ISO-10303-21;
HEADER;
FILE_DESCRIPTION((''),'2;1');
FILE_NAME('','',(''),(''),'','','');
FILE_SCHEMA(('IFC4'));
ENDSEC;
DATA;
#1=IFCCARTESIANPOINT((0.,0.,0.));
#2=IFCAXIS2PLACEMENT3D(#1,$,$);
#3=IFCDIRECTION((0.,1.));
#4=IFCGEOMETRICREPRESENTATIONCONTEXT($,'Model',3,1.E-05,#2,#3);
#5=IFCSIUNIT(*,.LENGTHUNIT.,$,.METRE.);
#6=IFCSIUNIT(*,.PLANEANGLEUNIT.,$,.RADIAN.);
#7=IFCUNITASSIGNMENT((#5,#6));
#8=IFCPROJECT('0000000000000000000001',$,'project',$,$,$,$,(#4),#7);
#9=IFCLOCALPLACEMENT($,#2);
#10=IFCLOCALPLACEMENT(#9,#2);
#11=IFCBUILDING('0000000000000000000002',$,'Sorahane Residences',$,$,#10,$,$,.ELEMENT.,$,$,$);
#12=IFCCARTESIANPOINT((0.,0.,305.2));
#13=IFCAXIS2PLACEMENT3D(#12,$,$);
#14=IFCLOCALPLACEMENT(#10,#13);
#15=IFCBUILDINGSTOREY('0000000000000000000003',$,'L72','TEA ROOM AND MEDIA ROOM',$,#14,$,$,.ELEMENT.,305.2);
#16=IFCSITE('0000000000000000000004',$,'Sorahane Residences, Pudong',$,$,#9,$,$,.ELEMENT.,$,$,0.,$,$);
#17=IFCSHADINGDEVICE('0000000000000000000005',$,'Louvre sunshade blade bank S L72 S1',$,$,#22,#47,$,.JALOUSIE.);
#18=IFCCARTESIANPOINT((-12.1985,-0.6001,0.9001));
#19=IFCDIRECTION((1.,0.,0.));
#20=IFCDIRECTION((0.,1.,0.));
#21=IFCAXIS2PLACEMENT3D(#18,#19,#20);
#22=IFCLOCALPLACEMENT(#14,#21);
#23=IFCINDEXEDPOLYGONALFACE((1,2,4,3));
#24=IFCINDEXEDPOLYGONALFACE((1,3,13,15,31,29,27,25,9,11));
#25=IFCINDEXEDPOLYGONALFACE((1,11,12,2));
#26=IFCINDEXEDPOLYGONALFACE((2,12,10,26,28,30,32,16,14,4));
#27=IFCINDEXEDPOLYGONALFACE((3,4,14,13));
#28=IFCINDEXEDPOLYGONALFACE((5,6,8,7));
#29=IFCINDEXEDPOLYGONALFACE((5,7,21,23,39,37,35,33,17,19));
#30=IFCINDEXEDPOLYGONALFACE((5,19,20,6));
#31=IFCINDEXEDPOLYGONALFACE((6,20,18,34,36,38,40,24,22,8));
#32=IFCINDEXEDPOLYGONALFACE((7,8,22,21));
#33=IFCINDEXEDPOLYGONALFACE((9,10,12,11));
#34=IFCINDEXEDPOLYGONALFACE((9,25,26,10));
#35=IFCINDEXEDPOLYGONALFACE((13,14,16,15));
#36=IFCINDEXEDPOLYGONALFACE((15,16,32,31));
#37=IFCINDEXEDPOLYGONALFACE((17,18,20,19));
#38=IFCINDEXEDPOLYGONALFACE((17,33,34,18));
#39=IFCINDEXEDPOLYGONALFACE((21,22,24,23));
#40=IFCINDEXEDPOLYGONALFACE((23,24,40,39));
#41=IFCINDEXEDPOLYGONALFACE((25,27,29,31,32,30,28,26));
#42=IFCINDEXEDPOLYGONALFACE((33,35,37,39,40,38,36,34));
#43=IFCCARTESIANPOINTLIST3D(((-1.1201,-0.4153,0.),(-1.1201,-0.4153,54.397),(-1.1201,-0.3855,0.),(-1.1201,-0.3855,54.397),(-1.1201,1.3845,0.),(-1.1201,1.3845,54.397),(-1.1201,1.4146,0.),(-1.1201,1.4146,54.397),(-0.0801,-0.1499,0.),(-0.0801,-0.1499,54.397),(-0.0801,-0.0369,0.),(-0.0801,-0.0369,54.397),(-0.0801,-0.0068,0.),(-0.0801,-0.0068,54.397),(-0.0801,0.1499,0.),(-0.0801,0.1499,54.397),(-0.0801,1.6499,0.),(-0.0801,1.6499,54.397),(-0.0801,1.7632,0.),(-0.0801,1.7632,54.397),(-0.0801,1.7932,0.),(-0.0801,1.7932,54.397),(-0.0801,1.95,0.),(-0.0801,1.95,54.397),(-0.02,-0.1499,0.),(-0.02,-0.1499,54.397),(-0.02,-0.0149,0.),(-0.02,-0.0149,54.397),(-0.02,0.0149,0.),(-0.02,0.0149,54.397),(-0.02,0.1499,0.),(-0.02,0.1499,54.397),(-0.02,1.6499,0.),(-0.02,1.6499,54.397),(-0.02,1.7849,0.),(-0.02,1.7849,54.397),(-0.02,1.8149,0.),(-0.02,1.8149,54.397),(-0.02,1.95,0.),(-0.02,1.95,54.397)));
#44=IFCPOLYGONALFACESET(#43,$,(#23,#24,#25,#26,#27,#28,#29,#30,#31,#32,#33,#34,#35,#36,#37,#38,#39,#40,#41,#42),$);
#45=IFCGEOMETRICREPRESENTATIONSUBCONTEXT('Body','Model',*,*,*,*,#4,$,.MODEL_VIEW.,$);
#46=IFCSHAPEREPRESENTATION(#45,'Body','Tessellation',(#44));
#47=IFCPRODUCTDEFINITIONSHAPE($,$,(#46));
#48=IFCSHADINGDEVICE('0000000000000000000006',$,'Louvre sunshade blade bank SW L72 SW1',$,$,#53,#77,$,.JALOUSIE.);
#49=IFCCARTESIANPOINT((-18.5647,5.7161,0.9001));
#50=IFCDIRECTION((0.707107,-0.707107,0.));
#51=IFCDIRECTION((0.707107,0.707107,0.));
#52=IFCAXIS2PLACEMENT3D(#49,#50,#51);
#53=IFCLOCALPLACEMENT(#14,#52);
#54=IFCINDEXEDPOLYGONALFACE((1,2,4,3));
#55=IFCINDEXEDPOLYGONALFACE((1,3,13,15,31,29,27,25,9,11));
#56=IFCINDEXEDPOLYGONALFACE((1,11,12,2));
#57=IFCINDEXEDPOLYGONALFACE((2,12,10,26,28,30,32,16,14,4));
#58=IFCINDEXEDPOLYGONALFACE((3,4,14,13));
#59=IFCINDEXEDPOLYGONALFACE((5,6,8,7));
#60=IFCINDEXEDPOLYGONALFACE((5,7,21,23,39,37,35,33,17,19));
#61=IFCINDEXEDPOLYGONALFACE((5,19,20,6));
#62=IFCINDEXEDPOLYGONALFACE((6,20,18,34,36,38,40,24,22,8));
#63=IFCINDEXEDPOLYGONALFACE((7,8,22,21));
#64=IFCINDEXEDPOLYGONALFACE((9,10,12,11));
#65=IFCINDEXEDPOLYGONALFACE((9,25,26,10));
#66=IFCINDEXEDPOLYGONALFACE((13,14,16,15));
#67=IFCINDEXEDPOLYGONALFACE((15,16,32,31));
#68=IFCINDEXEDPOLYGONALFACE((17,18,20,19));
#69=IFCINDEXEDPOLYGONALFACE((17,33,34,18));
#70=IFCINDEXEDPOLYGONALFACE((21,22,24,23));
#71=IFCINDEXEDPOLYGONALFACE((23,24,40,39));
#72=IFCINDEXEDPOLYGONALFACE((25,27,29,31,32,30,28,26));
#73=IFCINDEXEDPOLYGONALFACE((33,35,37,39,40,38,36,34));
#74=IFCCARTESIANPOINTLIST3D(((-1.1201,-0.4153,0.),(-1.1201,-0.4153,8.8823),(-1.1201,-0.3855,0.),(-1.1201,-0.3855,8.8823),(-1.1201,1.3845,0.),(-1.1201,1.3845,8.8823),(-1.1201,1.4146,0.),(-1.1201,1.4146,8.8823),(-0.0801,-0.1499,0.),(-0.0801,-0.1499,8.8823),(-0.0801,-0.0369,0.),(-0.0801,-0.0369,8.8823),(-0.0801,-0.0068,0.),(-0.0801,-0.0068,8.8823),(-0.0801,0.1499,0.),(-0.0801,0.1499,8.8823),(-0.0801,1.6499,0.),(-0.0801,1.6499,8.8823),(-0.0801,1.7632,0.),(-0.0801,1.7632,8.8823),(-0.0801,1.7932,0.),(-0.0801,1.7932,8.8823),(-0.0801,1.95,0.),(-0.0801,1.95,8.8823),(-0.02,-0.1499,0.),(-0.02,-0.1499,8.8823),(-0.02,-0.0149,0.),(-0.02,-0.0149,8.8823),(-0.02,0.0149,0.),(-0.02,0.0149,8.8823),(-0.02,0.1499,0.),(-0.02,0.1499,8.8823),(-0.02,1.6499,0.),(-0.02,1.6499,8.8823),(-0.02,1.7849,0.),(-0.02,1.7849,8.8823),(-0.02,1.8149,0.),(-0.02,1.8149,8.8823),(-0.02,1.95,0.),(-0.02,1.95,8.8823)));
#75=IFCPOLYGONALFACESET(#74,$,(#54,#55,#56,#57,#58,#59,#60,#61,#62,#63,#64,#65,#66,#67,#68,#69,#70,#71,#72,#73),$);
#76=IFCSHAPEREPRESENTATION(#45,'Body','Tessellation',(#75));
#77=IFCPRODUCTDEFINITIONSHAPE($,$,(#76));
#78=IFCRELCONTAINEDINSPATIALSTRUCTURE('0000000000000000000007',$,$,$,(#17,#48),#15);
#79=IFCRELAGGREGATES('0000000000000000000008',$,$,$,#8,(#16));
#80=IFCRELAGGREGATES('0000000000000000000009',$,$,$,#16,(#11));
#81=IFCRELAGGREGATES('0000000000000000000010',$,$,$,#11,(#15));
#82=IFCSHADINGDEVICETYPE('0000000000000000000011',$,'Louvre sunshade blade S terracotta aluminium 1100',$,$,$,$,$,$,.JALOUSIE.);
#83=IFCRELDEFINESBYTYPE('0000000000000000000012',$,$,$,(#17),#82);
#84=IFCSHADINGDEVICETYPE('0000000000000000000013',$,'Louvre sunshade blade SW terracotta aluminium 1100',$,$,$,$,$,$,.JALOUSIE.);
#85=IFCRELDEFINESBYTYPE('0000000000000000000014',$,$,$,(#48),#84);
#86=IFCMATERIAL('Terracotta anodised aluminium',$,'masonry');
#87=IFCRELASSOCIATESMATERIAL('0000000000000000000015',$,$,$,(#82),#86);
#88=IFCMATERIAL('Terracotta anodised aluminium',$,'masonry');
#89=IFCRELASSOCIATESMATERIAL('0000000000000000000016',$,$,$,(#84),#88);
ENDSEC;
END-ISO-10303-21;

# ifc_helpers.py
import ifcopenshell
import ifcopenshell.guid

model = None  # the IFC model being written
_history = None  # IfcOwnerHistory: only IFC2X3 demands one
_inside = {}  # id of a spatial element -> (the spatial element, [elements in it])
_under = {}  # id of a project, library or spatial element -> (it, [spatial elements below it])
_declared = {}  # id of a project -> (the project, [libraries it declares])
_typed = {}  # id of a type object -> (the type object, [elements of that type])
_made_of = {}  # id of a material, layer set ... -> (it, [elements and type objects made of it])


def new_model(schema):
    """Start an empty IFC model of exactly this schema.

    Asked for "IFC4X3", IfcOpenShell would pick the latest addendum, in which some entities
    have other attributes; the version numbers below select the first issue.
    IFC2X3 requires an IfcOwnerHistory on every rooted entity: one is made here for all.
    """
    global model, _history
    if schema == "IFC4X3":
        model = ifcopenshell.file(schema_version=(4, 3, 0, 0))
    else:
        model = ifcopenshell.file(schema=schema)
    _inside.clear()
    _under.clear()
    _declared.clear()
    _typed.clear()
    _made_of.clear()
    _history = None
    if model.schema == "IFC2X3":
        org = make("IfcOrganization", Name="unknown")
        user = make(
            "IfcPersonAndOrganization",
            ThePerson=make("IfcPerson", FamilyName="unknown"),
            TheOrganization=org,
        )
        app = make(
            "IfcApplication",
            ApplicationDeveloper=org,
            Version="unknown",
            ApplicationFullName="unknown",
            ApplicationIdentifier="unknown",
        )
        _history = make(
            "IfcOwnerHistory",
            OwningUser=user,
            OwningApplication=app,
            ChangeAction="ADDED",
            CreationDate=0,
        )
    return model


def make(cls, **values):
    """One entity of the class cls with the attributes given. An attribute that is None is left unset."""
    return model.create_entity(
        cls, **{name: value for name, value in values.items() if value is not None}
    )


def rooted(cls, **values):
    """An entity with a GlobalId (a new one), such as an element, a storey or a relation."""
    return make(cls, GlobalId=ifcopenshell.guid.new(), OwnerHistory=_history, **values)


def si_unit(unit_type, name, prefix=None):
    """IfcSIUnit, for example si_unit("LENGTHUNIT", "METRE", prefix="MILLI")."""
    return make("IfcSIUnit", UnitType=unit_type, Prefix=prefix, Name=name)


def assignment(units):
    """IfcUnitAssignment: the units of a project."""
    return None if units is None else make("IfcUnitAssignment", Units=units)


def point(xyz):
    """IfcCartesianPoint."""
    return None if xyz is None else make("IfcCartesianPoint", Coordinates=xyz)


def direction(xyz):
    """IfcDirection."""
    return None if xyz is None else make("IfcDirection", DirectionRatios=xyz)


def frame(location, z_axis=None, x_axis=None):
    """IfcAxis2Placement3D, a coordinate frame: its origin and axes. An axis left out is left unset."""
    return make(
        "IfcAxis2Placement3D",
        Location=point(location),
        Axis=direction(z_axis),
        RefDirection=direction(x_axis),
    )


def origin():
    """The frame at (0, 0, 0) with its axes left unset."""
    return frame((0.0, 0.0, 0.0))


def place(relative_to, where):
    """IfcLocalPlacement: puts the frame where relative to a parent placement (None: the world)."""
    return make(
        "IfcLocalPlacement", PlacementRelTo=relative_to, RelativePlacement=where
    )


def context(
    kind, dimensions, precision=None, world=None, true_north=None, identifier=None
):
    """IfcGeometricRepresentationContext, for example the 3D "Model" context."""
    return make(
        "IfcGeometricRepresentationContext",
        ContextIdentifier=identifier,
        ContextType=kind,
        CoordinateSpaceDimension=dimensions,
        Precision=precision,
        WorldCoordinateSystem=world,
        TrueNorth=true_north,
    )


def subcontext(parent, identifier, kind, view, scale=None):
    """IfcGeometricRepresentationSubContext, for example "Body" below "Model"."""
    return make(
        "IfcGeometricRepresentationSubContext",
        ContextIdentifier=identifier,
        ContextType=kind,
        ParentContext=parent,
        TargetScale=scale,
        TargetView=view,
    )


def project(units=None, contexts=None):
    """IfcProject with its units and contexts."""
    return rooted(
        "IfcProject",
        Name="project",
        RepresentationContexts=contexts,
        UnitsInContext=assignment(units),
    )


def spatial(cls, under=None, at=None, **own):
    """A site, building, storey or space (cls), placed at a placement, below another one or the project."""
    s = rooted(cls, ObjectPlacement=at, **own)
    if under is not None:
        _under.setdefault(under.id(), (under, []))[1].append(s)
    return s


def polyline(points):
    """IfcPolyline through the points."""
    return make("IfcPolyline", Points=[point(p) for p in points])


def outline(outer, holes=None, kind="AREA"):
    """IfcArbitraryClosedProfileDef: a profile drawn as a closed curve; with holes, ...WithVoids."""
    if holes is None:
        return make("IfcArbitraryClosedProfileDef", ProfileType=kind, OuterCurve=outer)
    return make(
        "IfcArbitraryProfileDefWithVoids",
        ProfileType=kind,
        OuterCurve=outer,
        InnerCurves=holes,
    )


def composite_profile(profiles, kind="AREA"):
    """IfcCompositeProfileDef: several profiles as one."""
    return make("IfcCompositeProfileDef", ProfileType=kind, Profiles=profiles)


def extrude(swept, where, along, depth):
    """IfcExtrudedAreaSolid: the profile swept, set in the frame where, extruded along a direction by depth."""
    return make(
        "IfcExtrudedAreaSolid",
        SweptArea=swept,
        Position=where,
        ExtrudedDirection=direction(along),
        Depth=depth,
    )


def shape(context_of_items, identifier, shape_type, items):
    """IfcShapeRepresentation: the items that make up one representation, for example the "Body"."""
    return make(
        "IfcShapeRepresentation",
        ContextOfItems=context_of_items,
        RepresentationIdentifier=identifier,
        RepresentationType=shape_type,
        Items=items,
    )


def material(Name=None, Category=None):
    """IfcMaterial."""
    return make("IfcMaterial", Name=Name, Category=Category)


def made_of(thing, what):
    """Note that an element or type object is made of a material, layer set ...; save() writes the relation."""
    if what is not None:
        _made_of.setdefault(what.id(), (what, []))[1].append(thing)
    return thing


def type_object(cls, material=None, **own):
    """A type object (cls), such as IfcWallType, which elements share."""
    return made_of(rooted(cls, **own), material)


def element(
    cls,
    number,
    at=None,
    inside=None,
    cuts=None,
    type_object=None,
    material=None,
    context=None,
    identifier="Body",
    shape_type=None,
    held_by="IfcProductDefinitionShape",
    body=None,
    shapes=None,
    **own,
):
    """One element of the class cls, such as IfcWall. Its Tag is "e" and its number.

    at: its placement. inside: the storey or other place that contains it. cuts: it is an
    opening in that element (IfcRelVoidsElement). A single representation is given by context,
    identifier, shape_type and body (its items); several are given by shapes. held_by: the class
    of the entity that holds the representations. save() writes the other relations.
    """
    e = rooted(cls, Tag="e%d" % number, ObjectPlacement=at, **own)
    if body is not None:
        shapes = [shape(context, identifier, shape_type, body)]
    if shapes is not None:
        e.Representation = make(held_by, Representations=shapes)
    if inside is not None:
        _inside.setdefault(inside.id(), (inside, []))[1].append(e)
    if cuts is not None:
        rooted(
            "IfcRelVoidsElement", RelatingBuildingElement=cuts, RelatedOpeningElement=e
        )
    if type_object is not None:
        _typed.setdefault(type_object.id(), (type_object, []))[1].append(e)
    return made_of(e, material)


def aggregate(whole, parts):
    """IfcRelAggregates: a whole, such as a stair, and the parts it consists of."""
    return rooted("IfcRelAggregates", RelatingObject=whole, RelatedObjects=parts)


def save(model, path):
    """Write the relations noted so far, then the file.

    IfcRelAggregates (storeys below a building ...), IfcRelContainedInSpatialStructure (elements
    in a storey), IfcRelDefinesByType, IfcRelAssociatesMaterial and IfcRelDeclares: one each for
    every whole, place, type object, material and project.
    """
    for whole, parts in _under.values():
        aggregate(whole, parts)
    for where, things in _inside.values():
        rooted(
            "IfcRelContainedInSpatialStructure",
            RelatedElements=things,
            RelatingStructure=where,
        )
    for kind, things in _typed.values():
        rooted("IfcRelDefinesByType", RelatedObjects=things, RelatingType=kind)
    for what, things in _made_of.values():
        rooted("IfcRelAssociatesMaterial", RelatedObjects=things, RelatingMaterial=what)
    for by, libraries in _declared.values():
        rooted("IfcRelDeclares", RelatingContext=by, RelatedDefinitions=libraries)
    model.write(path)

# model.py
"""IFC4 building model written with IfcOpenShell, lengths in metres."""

from ifc_helpers import new_model, si_unit, direction, frame, origin, place, context, subcontext, project, spatial, polyline, outline, composite_profile, extrude, material, type_object, element, save


model = new_model("IFC4")

# Units and contexts
model_context = context("Model", 3, precision=1e-05, world=origin(), true_north=direction((0.0, 1.0)))
body_context = subcontext(model_context, "Body", "Model", "MODEL_VIEW")
ifc_project = project(units=[si_unit("LENGTHUNIT", "METRE"), si_unit("PLANEANGLEUNIT", "RADIAN")], contexts=[model_context])

# Site, building, storey
site_placement = place(None, origin())
site = spatial("IfcSite", under=ifc_project, at=site_placement, Name="Sorahane Residences, Pudong", CompositionType="ELEMENT", RefElevation=0.0)
building_placement = place(site_placement, origin())
building = spatial("IfcBuilding", under=site, at=building_placement, Name="Sorahane Residences", CompositionType="ELEMENT")
storey_placement = place(building_placement, frame((0.0, 0.0, 305.2)))
storey = spatial("IfcBuildingStorey", under=building, at=storey_placement, Name="L72", Description="TEA ROOM AND MEDIA ROOM", CompositionType="ELEMENT", Elevation=305.2)

# Shading devices
ifc_material_1 = material(Name="Terracotta anodised aluminium", Category="masonry")
shading_device_type_1 = type_object("IfcShadingDeviceType", Name="Louvre sunshade blade S terracotta aluminium 1100", PredefinedType="JALOUSIE", material=ifc_material_1)
shading_device_1_placement = place(storey_placement, frame((-12.1985, -0.6001, 0.9001), z_axis=(1.0, 0.0, 0.0), x_axis=(0.0, 1.0, 0.0)))
element("IfcShadingDevice", 1, at=shading_device_1_placement, inside=storey, type_object=shading_device_type_1, Name="Louvre sunshade blade bank S L72 S1", PredefinedType="JALOUSIE", context=body_context, shape_type="SweptSolid", body=[
    extrude(composite_profile([outline(polyline([(-1.1201, -0.3855), (-1.1201, -0.4153), (-0.0801, -0.0369), (-0.0801, -0.1499), (-0.02, -0.1499), (-0.02, -0.0149), (-0.02, 0.0149), (-0.02, 0.1499), (-0.0801, 0.1499), (-0.0801, -0.0068), (-1.1201, -0.3855)])), outline(polyline([(-1.1201, 1.4146), (-1.1201, 1.3845), (-0.0801, 1.7632), (-0.0801, 1.6499), (-0.02, 1.6499), (-0.02, 1.7849), (-0.02, 1.8149), (-0.02, 1.95), (-0.0801, 1.95), (-0.0801, 1.7932), (-1.1201, 1.4146)]))]), origin(), (0.0, 0.0, 1.0), 54.397),
])
ifc_material_2 = material(Name="Terracotta anodised aluminium", Category="masonry")
shading_device_type_2 = type_object("IfcShadingDeviceType", Name="Louvre sunshade blade SW terracotta aluminium 1100", PredefinedType="JALOUSIE", material=ifc_material_2)
shading_device_2_placement = place(storey_placement, frame((-18.5647, 5.7161, 0.9001), z_axis=(0.707107, -0.707107, 0.0), x_axis=(0.707107, 0.707107, 0.0)))
element("IfcShadingDevice", 2, at=shading_device_2_placement, inside=storey, type_object=shading_device_type_2, Name="Louvre sunshade blade bank SW L72 SW1", PredefinedType="JALOUSIE", context=body_context, shape_type="SweptSolid", body=[
    extrude(composite_profile([outline(polyline([(-1.1201, -0.3855), (-1.1201, -0.4153), (-0.0801, -0.0369), (-0.0801, -0.1499), (-0.02, -0.1499), (-0.02, -0.0149), (-0.02, 0.0149), (-0.02, 0.1499), (-0.0801, 0.1499), (-0.0801, -0.0068), (-1.1201, -0.3855)])), outline(polyline([(-1.1201, 1.4146), (-1.1201, 1.3845), (-0.0801, 1.7632), (-0.0801, 1.6499), (-0.02, 1.6499), (-0.02, 1.7849), (-0.02, 1.8149), (-0.02, 1.95), (-0.0801, 1.95), (-0.0801, 1.7932), (-1.1201, 1.4146)]))]), origin(), (0.0, 0.0, 1.0), 8.8823),
])

save(model, "model.ifc")
